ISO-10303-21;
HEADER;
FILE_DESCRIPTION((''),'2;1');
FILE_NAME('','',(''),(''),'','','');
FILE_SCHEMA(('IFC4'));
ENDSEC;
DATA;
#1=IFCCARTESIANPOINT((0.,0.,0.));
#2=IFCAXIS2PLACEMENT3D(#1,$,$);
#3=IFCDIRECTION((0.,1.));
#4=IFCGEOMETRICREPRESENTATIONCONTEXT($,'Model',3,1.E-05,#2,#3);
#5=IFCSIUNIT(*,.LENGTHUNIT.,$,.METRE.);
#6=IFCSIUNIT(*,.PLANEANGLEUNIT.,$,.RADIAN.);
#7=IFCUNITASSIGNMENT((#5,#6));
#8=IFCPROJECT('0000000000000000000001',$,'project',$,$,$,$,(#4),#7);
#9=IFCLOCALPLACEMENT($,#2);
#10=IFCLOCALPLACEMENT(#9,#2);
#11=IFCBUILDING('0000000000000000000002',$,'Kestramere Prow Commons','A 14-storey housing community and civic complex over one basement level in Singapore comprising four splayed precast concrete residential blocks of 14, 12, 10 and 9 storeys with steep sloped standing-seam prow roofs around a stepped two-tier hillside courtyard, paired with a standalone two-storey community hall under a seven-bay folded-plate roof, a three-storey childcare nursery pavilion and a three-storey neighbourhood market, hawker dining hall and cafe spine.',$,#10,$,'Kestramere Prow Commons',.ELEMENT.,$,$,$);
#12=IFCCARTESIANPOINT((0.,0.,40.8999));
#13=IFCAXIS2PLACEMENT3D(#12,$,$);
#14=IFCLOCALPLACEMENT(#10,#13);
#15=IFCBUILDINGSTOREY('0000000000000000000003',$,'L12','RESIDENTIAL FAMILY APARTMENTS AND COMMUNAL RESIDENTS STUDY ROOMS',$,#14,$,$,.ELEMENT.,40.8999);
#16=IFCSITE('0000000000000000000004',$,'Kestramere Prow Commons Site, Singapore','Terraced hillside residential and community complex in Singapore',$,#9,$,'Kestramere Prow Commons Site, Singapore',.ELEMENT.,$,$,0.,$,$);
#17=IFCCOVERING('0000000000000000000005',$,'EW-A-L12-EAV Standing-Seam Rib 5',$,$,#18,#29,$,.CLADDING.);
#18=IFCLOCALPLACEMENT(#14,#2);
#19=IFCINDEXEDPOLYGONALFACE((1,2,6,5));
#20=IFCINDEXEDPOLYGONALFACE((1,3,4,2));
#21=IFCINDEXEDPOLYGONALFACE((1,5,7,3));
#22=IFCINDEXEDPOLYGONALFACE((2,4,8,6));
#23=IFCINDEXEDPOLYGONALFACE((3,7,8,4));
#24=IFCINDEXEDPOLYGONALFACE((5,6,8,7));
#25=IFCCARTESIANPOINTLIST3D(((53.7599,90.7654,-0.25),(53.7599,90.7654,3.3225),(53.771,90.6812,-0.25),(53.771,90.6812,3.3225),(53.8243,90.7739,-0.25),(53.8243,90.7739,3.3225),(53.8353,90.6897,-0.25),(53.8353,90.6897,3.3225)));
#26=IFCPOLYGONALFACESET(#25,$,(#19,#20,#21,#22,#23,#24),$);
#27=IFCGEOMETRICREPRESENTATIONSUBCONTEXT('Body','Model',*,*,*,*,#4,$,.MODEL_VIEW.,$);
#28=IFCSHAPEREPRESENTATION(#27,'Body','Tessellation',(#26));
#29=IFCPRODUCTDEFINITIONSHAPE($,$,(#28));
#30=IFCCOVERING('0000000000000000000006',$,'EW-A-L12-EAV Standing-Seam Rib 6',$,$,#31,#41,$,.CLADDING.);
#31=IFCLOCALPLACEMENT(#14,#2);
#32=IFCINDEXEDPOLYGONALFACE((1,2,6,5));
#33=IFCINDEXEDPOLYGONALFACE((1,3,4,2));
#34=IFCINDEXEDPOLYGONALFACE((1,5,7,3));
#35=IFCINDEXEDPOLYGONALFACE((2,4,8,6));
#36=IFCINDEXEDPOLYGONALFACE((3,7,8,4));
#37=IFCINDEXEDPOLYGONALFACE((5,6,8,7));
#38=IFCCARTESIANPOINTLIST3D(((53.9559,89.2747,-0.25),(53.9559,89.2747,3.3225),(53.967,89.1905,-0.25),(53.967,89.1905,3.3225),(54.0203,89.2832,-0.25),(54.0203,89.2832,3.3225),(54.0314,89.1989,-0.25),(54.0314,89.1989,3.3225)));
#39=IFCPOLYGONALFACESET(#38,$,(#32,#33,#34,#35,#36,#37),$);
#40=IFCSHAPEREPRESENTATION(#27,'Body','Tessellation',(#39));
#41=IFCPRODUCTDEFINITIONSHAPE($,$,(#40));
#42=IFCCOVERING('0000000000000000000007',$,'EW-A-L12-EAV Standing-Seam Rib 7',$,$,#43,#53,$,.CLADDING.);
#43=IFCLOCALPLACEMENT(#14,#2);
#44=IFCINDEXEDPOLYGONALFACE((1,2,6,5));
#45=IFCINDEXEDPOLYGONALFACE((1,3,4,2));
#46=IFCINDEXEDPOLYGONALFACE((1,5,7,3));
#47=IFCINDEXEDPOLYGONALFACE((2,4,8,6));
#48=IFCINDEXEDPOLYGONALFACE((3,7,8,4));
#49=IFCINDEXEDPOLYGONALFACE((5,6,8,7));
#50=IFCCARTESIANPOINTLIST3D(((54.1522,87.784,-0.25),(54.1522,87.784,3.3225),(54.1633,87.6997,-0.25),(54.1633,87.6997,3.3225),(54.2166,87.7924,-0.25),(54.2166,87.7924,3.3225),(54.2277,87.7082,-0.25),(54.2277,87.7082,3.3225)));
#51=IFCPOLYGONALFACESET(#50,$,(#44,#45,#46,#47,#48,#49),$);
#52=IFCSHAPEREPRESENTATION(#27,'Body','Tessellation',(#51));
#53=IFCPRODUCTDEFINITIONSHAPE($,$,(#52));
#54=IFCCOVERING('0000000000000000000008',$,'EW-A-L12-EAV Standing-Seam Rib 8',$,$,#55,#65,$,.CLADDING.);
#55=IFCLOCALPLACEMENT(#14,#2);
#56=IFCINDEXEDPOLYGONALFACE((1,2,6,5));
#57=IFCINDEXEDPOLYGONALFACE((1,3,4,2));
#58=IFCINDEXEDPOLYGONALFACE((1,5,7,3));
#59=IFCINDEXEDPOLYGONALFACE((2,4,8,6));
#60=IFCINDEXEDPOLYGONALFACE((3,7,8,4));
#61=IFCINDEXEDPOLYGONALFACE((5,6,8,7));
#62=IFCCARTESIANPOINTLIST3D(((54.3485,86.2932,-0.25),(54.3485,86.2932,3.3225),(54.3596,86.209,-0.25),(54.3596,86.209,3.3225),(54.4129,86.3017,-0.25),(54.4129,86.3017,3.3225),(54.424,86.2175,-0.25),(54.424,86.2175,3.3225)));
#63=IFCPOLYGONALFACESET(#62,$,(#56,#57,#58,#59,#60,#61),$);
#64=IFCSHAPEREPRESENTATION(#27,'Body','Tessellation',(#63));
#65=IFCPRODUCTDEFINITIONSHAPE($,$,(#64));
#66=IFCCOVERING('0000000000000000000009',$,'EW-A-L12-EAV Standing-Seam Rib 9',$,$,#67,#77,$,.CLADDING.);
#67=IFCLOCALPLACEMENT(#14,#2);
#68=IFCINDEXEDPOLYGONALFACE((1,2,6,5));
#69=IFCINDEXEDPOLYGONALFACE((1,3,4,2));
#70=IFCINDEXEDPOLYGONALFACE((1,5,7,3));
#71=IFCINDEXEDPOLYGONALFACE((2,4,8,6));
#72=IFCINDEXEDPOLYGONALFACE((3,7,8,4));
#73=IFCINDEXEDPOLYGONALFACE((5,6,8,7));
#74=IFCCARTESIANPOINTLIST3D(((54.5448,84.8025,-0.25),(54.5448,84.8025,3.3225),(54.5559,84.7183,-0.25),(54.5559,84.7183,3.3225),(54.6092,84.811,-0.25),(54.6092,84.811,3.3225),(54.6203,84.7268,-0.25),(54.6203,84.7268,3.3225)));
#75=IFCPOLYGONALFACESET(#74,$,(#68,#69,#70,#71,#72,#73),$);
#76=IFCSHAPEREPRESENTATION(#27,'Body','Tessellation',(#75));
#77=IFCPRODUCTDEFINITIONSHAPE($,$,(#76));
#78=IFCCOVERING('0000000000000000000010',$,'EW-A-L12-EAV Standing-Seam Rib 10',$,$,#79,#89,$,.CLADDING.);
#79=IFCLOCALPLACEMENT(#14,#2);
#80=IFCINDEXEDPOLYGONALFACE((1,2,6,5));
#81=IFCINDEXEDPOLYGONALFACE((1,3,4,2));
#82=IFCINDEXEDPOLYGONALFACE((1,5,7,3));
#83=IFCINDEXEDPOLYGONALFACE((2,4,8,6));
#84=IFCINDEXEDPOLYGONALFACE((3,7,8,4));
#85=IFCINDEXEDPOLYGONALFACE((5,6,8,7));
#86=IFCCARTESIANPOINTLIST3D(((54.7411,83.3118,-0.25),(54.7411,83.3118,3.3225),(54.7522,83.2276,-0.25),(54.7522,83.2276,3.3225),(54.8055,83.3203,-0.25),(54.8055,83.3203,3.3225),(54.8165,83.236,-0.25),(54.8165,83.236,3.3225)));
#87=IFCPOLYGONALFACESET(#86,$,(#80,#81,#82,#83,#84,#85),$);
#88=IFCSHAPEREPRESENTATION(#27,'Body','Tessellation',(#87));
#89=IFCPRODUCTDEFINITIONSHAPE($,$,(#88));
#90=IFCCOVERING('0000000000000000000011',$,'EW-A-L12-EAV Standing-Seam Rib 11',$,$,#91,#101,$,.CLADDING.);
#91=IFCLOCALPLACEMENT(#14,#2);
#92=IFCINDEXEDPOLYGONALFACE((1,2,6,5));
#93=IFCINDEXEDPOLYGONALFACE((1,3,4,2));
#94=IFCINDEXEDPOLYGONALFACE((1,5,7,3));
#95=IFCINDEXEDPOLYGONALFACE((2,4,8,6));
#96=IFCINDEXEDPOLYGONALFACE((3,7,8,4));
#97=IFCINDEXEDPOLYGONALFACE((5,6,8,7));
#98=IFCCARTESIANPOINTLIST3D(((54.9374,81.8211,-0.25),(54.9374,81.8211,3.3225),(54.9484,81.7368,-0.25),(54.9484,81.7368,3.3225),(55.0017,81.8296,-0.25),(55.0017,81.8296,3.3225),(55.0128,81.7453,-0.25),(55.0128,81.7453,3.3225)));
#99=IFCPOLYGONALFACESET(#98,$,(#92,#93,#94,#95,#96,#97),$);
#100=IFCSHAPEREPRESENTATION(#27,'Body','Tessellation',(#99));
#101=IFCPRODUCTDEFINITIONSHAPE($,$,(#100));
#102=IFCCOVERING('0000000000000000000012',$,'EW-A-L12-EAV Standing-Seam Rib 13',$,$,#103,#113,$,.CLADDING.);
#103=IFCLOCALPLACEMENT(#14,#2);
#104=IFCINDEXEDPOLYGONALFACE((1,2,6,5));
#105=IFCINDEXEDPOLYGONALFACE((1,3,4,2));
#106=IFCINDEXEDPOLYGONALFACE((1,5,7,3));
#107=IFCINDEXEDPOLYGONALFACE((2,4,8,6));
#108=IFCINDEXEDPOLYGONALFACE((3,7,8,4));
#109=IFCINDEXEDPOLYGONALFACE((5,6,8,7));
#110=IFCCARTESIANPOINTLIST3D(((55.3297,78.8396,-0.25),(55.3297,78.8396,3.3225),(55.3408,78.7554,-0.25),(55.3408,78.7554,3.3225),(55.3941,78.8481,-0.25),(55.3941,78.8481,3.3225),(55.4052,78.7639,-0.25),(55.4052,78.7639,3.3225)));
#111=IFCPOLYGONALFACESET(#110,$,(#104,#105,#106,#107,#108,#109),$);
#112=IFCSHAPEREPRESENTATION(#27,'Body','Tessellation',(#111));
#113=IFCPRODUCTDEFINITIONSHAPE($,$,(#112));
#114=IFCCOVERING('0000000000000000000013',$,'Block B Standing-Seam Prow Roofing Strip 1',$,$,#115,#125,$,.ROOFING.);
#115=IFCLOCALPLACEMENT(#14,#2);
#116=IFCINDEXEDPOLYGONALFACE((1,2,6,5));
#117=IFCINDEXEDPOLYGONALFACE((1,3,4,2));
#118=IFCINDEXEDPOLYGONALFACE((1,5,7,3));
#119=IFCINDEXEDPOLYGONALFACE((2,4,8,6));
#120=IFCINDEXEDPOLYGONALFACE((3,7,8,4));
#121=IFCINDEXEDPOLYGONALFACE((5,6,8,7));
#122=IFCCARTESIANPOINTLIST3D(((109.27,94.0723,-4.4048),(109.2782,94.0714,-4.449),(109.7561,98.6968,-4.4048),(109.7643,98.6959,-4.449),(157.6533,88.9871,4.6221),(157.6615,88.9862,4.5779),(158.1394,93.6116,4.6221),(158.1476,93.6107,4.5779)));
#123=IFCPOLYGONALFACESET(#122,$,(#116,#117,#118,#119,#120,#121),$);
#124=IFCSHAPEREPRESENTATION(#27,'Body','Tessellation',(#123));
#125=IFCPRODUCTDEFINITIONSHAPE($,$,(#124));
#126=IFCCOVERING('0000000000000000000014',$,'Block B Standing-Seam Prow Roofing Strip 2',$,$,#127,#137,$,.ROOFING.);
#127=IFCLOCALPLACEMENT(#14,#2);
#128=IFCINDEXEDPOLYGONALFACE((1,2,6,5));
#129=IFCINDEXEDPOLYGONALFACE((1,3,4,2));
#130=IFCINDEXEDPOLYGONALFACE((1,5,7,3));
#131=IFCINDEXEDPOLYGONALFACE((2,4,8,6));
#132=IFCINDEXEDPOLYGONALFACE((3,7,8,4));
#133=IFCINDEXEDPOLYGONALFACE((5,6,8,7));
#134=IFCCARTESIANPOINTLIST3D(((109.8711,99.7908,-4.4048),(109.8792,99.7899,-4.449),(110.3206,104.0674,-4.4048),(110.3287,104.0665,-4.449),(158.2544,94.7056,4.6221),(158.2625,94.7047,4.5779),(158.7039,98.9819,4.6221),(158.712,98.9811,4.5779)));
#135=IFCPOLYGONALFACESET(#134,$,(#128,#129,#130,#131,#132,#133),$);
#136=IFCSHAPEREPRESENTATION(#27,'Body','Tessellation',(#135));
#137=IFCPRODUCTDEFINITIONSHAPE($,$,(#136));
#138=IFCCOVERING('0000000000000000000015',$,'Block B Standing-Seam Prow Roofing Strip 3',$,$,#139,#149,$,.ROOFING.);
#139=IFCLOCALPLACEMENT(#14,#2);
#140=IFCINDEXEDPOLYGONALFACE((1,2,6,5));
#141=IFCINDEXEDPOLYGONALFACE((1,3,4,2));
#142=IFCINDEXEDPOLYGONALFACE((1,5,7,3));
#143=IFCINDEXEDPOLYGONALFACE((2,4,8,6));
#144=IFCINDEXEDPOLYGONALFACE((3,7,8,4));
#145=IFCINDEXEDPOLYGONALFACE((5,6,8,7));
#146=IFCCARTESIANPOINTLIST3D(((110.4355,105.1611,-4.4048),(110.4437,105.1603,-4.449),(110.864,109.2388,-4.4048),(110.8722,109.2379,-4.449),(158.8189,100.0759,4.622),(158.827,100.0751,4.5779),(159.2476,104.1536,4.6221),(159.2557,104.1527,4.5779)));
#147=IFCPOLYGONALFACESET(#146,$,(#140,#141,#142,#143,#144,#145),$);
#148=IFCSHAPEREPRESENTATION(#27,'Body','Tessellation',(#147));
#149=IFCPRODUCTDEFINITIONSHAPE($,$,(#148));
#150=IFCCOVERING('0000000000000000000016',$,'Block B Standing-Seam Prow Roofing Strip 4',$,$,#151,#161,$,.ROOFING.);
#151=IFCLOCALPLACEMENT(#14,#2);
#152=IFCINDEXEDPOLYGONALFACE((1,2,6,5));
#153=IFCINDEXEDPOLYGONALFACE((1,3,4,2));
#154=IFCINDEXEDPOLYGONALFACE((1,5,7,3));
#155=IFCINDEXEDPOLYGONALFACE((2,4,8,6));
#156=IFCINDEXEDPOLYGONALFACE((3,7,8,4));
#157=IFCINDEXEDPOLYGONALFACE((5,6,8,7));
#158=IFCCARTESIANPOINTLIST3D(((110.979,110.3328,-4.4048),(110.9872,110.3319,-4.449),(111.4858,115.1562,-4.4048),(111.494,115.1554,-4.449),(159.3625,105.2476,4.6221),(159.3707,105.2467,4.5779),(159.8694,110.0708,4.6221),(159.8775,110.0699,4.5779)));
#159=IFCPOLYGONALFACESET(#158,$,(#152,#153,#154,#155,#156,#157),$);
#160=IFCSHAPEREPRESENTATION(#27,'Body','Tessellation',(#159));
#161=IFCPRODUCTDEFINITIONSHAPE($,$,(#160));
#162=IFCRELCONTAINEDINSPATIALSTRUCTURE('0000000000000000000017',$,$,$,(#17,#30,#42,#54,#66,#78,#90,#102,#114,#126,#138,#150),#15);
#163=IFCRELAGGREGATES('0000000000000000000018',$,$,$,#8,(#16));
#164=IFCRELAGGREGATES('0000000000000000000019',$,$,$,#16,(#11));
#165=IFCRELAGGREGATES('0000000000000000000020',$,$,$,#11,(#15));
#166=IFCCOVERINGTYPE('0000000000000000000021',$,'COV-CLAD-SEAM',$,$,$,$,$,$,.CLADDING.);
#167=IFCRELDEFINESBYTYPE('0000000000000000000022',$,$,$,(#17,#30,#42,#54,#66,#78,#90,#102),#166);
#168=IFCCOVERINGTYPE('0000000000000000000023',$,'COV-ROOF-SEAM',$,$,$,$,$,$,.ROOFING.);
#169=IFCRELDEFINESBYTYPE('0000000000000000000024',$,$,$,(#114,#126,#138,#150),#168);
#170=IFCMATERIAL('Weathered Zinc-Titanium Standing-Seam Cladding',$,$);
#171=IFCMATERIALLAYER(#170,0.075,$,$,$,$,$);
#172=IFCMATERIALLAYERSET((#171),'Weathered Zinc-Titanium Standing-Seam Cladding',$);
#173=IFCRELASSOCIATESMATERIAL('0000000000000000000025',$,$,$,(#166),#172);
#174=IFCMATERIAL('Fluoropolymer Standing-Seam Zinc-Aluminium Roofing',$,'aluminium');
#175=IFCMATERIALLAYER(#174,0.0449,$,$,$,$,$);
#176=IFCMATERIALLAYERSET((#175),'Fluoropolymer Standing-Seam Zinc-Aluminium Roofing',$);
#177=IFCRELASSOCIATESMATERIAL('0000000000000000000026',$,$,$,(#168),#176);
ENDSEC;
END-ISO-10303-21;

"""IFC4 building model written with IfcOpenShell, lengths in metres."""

from ifc_helpers import new_model, si_unit, direction, frame, origin, origin_2d, place, context, subcontext, project, spatial, polyline, rectangle, outline, extrude, material, layer, layer_set, type_object, element, save


model = new_model("IFC4")

# Units and contexts
model_context = context("Model", 3, precision=1e-05, world=origin(), true_north=direction((0.0, 1.0)))
body_context = subcontext(model_context, "Body", "Model", "MODEL_VIEW")
ifc_project = project(units=[si_unit("LENGTHUNIT", "METRE"), si_unit("PLANEANGLEUNIT", "RADIAN")], contexts=[model_context])

# Site, building, storey
site_placement = place(None, origin())
site = spatial("IfcSite", under=ifc_project, at=site_placement, Name="Kestramere Prow Commons Site, Singapore", Description="Terraced hillside residential and community complex in Singapore", LongName="Kestramere Prow Commons Site, Singapore", CompositionType="ELEMENT", RefElevation=0.0)
building_placement = place(site_placement, origin())
building = spatial("IfcBuilding", under=site, at=building_placement, Name="Kestramere Prow Commons", Description="A 14-storey housing community and civic complex over one basement level in Singapore comprising four splayed precast concrete residential blocks of 14, 12, 10 and 9 storeys with steep sloped standing-seam prow roofs around a stepped two-tier hillside courtyard, paired with a standalone two-storey community hall under a seven-bay folded-plate roof, a three-storey childcare nursery pavilion and a three-storey neighbourhood market, hawker dining hall and cafe spine.", LongName="Kestramere Prow Commons", CompositionType="ELEMENT")
storey_placement = place(building_placement, frame((0.0, 0.0, 40.8999)))
storey = spatial("IfcBuildingStorey", under=building, at=storey_placement, Name="L12", Description="RESIDENTIAL FAMILY APARTMENTS AND COMMUNAL RESIDENTS STUDY ROOMS", CompositionType="ELEMENT", Elevation=40.8999)

# Coverings
ifc_material_1 = material(Name="Weathered Zinc-Titanium Standing-Seam Cladding")
ifc_layer_1 = layer(ifc_material_1, 0.075)
ifc_layer_set_1 = layer_set([ifc_layer_1], Name="Weathered Zinc-Titanium Standing-Seam Cladding")
covering_type_1 = type_object("IfcCoveringType", Name="COV-CLAD-SEAM", PredefinedType="CLADDING", material=ifc_layer_set_1)
for number, where, z_axis, x_axis, name in (
    (1, (53.7976, 90.7275, -0.25), (0.0, 0.0, 1.0), (0.130526, -0.991445, 0.0), "EW-A-L12-EAV Standing-Seam Rib 5"),
    (2, (53.9937, 89.2368, -0.25), (0.0, 0.0, 1.0), (0.130526, -0.991445, 0.0), "EW-A-L12-EAV Standing-Seam Rib 6"),
    (3, (54.1899, 87.7461, -0.25), (0.0, 0.0, 1.0), (0.130526, -0.991445, 0.0), "EW-A-L12-EAV Standing-Seam Rib 7"),
    (4, (54.3862, 86.2554, -0.25), (0.0, 0.0, 1.0), (0.130526, -0.991445, 0.0), "EW-A-L12-EAV Standing-Seam Rib 8"),
    (5, (54.5825, 84.7646, -0.25), (0.0, 0.0, 1.0), (0.130526, -0.991445, 0.0), "EW-A-L12-EAV Standing-Seam Rib 9"),
    (6, (54.7788, 83.2739, -0.25), (0.0, 0.0, 1.0), (0.130526, -0.991445, 0.0), "EW-A-L12-EAV Standing-Seam Rib 10"),
    (7, (54.9751, 81.7832, -0.25), (0.0, 0.0, 1.0), (0.130526, -0.991445, 0.0), "EW-A-L12-EAV Standing-Seam Rib 11"),
    (8, (55.3674, 78.8018, -0.25), (0.0, 0.0, 1.0), (0.130526, -0.991445, 0.0), "EW-A-L12-EAV Standing-Seam Rib 13"),
):
    element("IfcCovering", number, at=place(storey_placement, frame(where, z_axis=z_axis, x_axis=x_axis)), inside=storey, type_object=covering_type_1, Name=name, PredefinedType="CLADDING", context=body_context, shape_type="SweptSolid", body=[
        extrude(rectangle(XDim=0.085, YDim=0.0649, at=origin_2d()), origin(), (0.0, 0.0, 1.0), 3.5725),
    ])
ifc_material_2 = material(Name="Fluoropolymer Standing-Seam Zinc-Aluminium Roofing", Category="aluminium")
ifc_layer_2 = layer(ifc_material_2, 0.0449)
ifc_layer_set_2 = layer_set([ifc_layer_2], Name="Fluoropolymer Standing-Seam Zinc-Aluminium Roofing")
covering_type_2 = type_object("IfcCoveringType", Name="COV-ROOF-SEAM", PredefinedType="ROOFING", material=ifc_layer_set_2)
covering_1_placement = place(storey_placement, frame((109.27, 94.0723, -4.4048), z_axis=(-0.181434, 0.019071, 0.983218), x_axis=(0.977832, -0.102773, 0.182434)))
element("IfcCovering", 9, at=covering_1_placement, inside=storey, type_object=covering_type_2, Name="Block B Standing-Seam Prow Roofing Strip 1", PredefinedType="ROOFING", context=body_context, shape_type="SweptSolid", body=[
    extrude(outline(polyline([(0.0, 0.0), (49.4802, 0.0), (49.4802, 4.65), (0.0, 4.65), (0.0, 0.0)])), origin(), (0.0, 0.0, -1.0), 0.0449),
])
covering_2_placement = place(storey_placement, frame((109.8711, 99.7908, -4.4048), z_axis=(-0.181434, 0.019069, 0.983218), x_axis=(0.977832, -0.102773, 0.182434)))
element("IfcCovering", 10, at=covering_2_placement, inside=storey, type_object=covering_type_2, Name="Block B Standing-Seam Prow Roofing Strip 2", PredefinedType="ROOFING", context=body_context, shape_type="SweptSolid", body=[
    extrude(outline(polyline([(0.0, 0.0), (49.4802, 0.0), (49.4802, 4.2999), (0.0, 4.3002), (0.0, 0.0)])), origin(), (0.0, 0.0, -1.0), 0.0449),
])
covering_3_placement = place(storey_placement, frame((110.4355, 105.1611, -4.4048), z_axis=(-0.181434, 0.01907, 0.983218), x_axis=(0.977832, -0.102773, 0.182433)))
element("IfcCovering", 11, at=covering_3_placement, inside=storey, type_object=covering_type_2, Name="Block B Standing-Seam Prow Roofing Strip 3", PredefinedType="ROOFING", context=body_context, shape_type="SweptSolid", body=[
    extrude(outline(polyline([(0.0, 0.0), (49.4802, 0.0), (49.4803, 4.1001), (-0.0001, 4.1001), (0.0, 0.0)])), origin(), (0.0, 0.0, -1.0), 0.0449),
])
covering_4_placement = place(storey_placement, frame((110.979, 110.3328, -4.4048), z_axis=(-0.181434, 0.019065, 0.983218), x_axis=(0.977832, -0.102772, 0.182433)))
element("IfcCovering", 12, at=covering_4_placement, inside=storey, type_object=covering_type_2, Name="Block B Standing-Seam Prow Roofing Strip 4", PredefinedType="ROOFING", context=body_context, shape_type="SweptSolid", body=[
    extrude(outline(polyline([(0.0, 0.0), (49.4804, 0.0), (49.4803, 4.8498), (-0.0001, 4.85), (0.0, 0.0)])), origin(), (0.0, 0.0, -1.0), 0.0449),
])

save(model, "model.ifc")
